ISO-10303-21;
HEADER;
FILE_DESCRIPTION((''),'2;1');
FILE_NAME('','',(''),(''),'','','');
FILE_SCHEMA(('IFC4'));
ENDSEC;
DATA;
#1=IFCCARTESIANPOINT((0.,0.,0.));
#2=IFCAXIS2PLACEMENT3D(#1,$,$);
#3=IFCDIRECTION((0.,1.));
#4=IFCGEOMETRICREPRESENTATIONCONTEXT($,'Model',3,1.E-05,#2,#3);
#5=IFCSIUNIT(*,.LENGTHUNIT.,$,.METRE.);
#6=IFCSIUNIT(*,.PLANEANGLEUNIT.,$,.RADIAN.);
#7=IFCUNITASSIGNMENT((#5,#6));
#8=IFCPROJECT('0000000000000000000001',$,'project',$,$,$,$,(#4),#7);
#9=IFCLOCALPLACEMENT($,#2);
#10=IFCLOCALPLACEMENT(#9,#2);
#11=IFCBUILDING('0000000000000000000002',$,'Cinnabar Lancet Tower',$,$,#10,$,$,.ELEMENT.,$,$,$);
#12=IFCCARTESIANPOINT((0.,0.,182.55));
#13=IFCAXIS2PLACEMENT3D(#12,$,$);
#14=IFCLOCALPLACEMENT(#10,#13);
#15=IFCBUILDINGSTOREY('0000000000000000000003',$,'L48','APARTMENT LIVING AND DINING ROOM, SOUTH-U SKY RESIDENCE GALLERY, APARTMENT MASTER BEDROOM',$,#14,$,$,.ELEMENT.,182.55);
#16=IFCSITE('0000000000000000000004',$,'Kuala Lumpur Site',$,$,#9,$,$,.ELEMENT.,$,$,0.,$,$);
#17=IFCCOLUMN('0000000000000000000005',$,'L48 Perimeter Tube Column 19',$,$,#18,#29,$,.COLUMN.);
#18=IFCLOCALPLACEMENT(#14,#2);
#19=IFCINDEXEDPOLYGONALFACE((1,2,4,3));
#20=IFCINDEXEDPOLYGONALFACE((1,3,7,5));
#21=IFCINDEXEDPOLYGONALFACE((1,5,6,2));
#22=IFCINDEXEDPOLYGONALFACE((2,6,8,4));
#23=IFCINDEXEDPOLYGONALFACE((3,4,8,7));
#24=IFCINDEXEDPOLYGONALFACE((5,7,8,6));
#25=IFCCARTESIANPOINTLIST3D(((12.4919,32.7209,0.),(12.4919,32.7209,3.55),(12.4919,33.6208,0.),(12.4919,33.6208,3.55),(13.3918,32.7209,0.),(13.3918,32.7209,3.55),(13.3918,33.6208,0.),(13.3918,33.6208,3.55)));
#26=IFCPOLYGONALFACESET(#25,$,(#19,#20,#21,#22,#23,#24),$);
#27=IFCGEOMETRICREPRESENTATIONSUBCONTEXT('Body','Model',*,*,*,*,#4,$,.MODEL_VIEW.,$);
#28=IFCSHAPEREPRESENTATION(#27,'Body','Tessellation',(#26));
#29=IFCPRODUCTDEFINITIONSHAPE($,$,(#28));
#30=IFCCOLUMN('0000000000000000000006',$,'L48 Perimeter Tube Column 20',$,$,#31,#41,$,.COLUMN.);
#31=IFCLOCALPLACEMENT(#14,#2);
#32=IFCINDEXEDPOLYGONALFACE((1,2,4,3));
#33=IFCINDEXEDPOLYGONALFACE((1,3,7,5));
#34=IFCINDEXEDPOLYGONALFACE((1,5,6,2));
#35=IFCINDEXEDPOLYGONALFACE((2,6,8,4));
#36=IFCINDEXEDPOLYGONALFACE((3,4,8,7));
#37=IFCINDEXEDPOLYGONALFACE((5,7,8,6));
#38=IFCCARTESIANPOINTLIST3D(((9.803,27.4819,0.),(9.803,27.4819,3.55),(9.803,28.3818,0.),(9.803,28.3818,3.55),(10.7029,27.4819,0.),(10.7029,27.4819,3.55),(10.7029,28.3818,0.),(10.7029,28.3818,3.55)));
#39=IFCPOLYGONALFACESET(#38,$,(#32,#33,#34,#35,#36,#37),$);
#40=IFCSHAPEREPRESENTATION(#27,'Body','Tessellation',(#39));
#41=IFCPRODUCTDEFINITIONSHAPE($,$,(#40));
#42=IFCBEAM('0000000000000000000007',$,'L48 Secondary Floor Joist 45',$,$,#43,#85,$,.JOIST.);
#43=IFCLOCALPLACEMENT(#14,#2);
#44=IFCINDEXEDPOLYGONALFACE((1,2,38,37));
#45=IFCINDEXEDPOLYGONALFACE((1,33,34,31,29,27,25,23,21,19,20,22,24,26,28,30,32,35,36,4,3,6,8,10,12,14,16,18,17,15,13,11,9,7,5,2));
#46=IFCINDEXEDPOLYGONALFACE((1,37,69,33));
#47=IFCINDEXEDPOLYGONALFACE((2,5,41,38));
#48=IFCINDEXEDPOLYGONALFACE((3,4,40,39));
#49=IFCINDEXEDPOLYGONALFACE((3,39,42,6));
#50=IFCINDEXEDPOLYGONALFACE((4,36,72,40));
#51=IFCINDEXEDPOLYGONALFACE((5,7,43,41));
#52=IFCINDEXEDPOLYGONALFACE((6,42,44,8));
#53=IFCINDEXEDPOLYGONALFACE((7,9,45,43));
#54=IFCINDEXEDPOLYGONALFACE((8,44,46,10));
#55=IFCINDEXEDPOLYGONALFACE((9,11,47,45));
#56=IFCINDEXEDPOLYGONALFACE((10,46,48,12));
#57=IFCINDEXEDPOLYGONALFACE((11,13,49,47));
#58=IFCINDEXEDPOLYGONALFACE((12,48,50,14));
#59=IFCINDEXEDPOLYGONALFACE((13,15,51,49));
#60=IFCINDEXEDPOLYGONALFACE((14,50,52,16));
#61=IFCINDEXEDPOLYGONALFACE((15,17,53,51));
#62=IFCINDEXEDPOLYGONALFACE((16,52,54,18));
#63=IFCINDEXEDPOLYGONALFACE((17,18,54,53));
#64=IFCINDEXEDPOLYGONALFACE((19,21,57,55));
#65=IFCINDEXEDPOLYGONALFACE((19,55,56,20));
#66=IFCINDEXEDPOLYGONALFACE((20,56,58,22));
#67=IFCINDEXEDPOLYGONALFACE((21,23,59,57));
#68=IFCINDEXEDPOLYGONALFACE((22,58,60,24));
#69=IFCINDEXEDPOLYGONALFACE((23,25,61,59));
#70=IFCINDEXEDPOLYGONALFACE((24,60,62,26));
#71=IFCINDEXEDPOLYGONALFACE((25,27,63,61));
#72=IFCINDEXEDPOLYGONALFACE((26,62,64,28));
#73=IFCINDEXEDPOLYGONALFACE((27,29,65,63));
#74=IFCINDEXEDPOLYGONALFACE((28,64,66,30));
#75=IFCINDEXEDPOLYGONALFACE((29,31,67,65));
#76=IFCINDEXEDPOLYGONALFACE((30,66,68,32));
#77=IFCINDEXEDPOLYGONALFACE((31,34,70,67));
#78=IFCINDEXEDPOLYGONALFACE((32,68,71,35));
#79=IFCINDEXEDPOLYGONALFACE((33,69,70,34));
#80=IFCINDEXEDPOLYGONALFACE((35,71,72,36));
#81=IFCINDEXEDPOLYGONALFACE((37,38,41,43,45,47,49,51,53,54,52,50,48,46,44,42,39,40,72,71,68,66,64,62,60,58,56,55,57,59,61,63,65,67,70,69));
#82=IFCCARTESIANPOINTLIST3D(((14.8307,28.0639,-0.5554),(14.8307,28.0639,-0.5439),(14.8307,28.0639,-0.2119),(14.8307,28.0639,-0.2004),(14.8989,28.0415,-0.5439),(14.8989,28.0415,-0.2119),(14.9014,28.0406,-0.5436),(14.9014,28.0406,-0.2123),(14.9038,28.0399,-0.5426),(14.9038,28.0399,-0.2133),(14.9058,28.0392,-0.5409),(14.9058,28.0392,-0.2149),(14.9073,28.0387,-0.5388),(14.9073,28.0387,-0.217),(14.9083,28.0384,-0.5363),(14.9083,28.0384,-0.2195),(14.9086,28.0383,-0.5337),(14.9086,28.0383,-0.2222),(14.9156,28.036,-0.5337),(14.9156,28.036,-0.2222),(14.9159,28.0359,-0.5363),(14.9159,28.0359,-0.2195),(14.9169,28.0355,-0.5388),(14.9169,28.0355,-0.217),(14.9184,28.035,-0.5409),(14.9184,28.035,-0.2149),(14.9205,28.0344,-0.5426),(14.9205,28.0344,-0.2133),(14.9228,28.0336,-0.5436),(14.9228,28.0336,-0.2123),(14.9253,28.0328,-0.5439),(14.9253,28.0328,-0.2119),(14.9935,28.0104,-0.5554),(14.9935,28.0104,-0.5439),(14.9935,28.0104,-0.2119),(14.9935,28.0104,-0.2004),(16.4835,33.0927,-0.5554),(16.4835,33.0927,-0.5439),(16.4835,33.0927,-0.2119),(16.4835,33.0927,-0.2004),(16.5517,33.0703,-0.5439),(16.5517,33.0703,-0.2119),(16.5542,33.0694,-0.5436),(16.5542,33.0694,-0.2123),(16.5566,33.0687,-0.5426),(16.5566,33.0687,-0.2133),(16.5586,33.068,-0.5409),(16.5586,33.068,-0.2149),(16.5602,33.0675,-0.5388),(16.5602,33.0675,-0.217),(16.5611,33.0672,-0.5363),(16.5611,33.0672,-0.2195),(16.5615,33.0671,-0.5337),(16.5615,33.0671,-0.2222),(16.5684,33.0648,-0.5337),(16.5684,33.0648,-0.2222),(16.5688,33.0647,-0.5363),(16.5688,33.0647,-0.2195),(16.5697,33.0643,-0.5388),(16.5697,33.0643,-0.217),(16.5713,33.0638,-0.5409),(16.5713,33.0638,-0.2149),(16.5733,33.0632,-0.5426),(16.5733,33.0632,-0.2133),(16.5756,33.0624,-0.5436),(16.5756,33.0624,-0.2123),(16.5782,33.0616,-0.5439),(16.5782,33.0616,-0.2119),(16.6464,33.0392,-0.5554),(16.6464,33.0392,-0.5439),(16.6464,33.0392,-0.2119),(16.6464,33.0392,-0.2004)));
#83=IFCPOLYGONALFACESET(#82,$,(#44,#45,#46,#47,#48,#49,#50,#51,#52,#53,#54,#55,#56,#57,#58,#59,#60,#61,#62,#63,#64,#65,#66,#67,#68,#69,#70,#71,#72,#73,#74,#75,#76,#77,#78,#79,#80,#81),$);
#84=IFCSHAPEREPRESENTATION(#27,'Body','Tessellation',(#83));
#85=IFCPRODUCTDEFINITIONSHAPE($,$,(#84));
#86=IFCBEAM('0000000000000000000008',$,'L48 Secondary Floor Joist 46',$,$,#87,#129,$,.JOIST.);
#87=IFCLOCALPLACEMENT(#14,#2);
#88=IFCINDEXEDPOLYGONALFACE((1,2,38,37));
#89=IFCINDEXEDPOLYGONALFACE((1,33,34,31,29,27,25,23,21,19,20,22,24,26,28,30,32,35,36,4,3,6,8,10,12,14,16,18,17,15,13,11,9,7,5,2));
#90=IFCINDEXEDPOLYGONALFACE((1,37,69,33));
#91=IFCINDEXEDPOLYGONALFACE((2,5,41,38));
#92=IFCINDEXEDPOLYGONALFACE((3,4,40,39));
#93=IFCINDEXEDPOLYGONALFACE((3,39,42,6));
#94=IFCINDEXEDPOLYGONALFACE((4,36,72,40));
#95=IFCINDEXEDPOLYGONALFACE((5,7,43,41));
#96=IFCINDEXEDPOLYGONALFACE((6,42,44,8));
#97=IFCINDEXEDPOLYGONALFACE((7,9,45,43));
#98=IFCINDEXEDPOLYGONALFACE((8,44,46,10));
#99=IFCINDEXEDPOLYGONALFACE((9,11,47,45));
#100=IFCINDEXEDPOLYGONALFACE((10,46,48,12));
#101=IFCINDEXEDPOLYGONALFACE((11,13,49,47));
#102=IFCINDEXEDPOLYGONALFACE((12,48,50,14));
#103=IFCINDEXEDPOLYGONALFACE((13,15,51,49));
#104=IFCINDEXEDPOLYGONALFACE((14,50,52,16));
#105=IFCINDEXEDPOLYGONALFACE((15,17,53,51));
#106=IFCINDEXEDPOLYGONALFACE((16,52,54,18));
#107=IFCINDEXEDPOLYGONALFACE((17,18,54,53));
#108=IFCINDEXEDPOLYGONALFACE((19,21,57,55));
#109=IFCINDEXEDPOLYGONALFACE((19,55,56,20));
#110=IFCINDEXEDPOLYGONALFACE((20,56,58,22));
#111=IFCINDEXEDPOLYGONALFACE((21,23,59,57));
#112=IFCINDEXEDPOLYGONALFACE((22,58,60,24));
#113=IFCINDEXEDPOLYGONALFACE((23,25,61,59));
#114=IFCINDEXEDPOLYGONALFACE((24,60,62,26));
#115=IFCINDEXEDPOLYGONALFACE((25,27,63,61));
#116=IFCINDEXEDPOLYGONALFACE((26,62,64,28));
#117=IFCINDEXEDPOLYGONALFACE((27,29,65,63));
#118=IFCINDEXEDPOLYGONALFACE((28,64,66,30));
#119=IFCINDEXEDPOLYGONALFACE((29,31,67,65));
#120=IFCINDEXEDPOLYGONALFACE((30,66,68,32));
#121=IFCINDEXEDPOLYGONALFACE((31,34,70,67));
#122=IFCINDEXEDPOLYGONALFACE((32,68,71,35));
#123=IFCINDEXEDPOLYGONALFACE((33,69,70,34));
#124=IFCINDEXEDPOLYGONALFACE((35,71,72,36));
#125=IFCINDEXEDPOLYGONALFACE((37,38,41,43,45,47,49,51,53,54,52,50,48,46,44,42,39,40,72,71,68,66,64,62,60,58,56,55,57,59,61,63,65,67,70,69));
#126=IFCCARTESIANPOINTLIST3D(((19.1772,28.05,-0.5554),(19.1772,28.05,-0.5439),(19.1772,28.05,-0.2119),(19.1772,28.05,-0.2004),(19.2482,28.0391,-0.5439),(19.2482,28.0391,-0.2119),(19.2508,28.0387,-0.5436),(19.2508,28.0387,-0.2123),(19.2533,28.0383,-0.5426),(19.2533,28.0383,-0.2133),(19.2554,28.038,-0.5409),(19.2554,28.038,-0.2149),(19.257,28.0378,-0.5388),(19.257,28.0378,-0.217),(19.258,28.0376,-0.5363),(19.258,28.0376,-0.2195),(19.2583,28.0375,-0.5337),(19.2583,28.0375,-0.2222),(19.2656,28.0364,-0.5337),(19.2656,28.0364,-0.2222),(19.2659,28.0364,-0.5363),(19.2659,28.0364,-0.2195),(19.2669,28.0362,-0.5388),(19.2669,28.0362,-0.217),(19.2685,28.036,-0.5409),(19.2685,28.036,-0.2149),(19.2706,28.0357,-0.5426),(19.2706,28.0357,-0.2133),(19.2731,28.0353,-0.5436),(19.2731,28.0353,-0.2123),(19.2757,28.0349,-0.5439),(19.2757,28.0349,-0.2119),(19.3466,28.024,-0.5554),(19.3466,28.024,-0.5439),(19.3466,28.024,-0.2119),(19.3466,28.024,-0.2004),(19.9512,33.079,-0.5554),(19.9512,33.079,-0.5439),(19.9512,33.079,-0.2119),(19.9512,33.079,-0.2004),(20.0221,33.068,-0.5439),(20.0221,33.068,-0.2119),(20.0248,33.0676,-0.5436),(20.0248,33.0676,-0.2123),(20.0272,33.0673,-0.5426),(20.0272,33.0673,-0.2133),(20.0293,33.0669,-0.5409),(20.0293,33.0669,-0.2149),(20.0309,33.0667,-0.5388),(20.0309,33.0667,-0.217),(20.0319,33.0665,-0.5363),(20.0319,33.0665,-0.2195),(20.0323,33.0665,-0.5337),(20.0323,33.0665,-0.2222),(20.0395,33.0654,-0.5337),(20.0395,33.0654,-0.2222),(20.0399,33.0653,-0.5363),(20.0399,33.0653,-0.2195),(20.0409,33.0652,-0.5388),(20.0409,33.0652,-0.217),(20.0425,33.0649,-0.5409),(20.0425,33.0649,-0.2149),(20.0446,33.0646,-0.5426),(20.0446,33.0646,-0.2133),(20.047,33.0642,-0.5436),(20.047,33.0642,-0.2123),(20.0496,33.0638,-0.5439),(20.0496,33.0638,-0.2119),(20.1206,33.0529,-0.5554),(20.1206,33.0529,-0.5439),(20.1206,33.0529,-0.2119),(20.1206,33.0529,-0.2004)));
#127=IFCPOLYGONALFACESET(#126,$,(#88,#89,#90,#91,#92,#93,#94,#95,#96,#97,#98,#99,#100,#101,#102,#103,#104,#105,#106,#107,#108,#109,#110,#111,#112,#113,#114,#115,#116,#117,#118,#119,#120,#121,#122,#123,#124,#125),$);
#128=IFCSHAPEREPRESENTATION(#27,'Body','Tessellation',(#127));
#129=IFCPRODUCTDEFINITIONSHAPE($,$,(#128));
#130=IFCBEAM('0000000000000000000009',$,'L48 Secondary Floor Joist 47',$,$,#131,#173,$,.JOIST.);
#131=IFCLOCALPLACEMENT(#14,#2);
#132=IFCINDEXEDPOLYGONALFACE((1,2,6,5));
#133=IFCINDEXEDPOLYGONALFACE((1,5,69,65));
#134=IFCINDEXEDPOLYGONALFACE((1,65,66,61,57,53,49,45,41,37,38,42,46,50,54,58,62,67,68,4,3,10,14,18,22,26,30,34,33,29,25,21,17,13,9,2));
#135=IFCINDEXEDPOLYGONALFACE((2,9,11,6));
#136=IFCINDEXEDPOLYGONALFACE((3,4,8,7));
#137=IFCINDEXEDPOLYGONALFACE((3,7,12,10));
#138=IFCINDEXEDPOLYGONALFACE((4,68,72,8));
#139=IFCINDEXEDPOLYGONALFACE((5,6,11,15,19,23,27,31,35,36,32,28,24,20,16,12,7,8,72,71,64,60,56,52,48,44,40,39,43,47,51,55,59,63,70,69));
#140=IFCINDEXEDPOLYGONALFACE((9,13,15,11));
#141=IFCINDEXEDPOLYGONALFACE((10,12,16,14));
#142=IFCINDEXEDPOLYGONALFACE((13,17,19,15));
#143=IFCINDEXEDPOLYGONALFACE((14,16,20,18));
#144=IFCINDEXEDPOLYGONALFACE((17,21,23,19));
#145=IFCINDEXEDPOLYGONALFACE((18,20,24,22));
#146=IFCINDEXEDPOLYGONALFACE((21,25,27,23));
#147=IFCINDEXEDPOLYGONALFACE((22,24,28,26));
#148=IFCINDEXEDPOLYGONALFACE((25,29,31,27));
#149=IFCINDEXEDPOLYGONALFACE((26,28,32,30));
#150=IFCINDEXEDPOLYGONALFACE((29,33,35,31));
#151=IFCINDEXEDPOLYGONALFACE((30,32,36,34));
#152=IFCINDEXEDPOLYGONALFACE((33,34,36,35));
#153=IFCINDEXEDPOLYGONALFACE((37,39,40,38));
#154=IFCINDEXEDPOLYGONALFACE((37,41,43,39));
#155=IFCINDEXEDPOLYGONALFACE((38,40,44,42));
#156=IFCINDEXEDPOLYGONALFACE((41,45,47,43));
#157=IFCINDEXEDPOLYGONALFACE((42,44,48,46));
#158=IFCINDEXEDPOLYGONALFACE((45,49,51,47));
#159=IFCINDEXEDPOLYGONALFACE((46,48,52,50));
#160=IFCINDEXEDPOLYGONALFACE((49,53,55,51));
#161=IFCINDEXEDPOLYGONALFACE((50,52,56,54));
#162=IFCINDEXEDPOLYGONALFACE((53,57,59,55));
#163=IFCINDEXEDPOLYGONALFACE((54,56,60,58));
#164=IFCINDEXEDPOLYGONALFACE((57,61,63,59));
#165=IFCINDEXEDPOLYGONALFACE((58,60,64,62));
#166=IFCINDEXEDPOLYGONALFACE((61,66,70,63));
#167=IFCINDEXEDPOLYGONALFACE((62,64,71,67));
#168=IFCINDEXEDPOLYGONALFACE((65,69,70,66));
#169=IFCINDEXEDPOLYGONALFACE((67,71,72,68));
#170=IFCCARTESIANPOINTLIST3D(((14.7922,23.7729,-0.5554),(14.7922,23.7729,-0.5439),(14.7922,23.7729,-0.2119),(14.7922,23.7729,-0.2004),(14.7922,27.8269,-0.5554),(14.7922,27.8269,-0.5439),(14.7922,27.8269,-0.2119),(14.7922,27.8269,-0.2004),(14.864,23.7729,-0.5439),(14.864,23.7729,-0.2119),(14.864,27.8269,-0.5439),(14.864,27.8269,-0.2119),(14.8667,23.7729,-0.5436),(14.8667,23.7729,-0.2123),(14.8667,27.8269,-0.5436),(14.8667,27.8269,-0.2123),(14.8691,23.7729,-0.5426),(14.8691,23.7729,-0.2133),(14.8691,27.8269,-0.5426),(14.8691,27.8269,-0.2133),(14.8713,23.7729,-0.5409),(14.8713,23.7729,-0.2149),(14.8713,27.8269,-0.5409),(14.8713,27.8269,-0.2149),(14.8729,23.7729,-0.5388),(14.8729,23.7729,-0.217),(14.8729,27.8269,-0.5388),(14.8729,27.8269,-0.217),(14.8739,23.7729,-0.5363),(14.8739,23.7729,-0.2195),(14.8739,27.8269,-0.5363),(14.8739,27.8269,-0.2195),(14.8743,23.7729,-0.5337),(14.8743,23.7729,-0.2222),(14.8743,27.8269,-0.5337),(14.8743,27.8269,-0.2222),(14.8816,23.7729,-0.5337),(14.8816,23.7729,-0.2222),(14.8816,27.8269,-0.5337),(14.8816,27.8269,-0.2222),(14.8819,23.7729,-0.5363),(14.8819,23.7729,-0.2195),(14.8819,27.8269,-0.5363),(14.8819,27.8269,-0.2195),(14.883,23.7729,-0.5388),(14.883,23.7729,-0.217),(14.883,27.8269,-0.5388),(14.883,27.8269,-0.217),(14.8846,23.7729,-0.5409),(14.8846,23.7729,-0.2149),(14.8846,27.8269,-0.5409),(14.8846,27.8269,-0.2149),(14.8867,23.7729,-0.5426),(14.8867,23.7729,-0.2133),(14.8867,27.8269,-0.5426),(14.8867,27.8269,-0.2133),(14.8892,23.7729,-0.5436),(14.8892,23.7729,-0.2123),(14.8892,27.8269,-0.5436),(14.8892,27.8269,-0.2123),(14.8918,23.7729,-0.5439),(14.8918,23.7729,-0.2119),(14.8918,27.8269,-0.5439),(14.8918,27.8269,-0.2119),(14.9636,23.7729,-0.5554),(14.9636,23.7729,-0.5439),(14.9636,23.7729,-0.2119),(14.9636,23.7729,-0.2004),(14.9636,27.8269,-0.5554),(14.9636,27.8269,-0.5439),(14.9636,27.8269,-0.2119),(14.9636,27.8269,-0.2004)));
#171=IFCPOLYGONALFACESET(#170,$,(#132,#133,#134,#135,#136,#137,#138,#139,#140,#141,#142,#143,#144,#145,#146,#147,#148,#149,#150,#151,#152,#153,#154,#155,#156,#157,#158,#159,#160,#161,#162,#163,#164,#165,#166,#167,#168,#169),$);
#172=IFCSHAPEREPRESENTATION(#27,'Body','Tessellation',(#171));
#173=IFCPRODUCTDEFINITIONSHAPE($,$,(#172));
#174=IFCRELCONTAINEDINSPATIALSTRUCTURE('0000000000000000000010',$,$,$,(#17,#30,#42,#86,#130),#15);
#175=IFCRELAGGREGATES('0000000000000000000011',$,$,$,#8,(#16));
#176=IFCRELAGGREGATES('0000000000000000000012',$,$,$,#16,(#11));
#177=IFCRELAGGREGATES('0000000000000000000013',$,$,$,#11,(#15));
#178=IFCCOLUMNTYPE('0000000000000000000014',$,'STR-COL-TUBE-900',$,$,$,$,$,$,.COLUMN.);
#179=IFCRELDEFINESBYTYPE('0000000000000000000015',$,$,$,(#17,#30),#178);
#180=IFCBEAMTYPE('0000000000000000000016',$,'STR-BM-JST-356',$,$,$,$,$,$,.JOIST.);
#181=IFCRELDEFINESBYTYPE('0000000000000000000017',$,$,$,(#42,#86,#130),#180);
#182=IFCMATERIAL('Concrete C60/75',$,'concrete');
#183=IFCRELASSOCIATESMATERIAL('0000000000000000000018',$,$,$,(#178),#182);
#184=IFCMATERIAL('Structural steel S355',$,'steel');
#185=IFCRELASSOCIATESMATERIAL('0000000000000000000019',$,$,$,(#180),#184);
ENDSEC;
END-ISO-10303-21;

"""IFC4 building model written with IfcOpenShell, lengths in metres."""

from ifc_helpers import new_model, si_unit, direction, frame, origin, origin_2d, place, context, subcontext, project, spatial, rectangle, i_section, extrude, material, material_profile, profile_set, type_object, element, save


model = new_model("IFC4")

# Units and contexts
model_context = context("Model", 3, precision=1e-05, world=origin(), true_north=direction((0.0, 1.0)))
body_context = subcontext(model_context, "Body", "Model", "MODEL_VIEW")
ifc_project = project(units=[si_unit("LENGTHUNIT", "METRE"), si_unit("PLANEANGLEUNIT", "RADIAN")], contexts=[model_context])

# Site, building, storey
site_placement = place(None, origin())
site = spatial("IfcSite", under=ifc_project, at=site_placement, Name="Kuala Lumpur Site", CompositionType="ELEMENT", RefElevation=0.0)
building_placement = place(site_placement, origin())
building = spatial("IfcBuilding", under=site, at=building_placement, Name="Cinnabar Lancet Tower", CompositionType="ELEMENT")
storey_placement = place(building_placement, frame((0.0, 0.0, 182.55)))
storey = spatial("IfcBuildingStorey", under=building, at=storey_placement, Name="L48", Description="APARTMENT LIVING AND DINING ROOM, SOUTH-U SKY RESIDENCE GALLERY, APARTMENT MASTER BEDROOM", CompositionType="ELEMENT", Elevation=182.55)

# Columns
ifc_material_1 = material(Name="Concrete C60/75", Category="concrete")
ifc_material_profile_1 = material_profile(ifc_material_1, rectangle(XDim=0.8999, YDim=0.8999, at=origin_2d()), Name="RC-COL 900x900")
ifc_profile_set_1 = profile_set([ifc_material_profile_1], Name="Concrete C60/75")
column_type = type_object("IfcColumnType", Name="STR-COL-TUBE-900", PredefinedType="COLUMN", material=ifc_profile_set_1)
for number, where, z_axis, x_axis, name in (
    (1, (12.9419, 33.1709, 0.0), (0.0, 0.0, 1.0), (1.0, 0.0, 0.0), "L48 Perimeter Tube Column 19"),
    (2, (10.2529, 27.9319, 0.0), (0.0, 0.0, 1.0), (1.0, 0.0, 0.0), "L48 Perimeter Tube Column 20"),
):
    element("IfcColumn", number, at=place(storey_placement, frame(where, z_axis=z_axis, x_axis=x_axis)), inside=storey, type_object=column_type, Name=name, PredefinedType="COLUMN", context=body_context, shape_type="SweptSolid", body=[
        extrude(rectangle(XDim=0.8999, YDim=0.8999, at=origin_2d()), origin(), (0.0, 0.0, 1.0), 3.55),
    ])

# Beams
ifc_material_2 = material(Name="Structural steel S355", Category="steel")
ifc_material_profile_2 = material_profile(ifc_material_2, i_section(OverallWidth=0.1714, OverallDepth=0.355, WebThickness=0.0073, FlangeThickness=0.0115, FilletRadius=0.0103, at=origin_2d()), Name="UKB 356x171x51")
ifc_profile_set_2 = profile_set([ifc_material_profile_2], Name="Structural steel S355")
beam_type_1 = type_object("IfcBeamType", Name="STR-BM-JST-356", PredefinedType="JOIST", material=ifc_profile_set_2)
beam_1_placement = place(storey_placement, frame((16.5649, 33.0659, -0.3779), z_axis=(-0.31224, -0.950003, 0.0), x_axis=(0.950003, -0.31224, 0.0)))
element("IfcBeam", 3, at=beam_1_placement, inside=storey, type_object=beam_type_1, Name="L48 Secondary Floor Joist 45", PredefinedType="JOIST", context=body_context, shape_type="SweptSolid", body=[
    extrude(i_section(OverallWidth=0.1714, OverallDepth=0.355, WebThickness=0.0073, FlangeThickness=0.0115, FilletRadius=0.0103, at=origin_2d()), origin(), (0.0, 0.0, 1.0), 5.2935),
])
beam_2_placement = place(storey_placement, frame((20.0359, 33.0659, -0.3779), z_axis=(-0.152108, -0.988364, 0.0), x_axis=(0.988364, -0.152108, 0.0)))
element("IfcBeam", 4, at=beam_2_placement, inside=storey, type_object=beam_type_1, Name="L48 Secondary Floor Joist 46", PredefinedType="JOIST", context=body_context, shape_type="SweptSolid", body=[
    extrude(i_section(OverallWidth=0.1714, OverallDepth=0.355, WebThickness=0.0073, FlangeThickness=0.0115, FilletRadius=0.0103, at=origin_2d()), origin(), (0.0, 0.0, 1.0), 5.0881),
])
for number, where, z_axis, x_axis, name in (
    (5, (14.8779, 27.8269, -0.3779), (0.0, -1.0, 0.0), (1.0, 0.0, 0.0), "L48 Secondary Floor Joist 47"),
):
    element("IfcBeam", number, at=place(storey_placement, frame(where, z_axis=z_axis, x_axis=x_axis)), inside=storey, type_object=beam_type_1, Name=name, PredefinedType="JOIST", context=body_context, shape_type="SweptSolid", body=[
        extrude(i_section(OverallWidth=0.1714, OverallDepth=0.355, WebThickness=0.0073, FlangeThickness=0.0115, FilletRadius=0.0103, at=origin_2d()), origin(), (0.0, 0.0, 1.0), 4.054),
    ])

save(model, "model.ifc")
